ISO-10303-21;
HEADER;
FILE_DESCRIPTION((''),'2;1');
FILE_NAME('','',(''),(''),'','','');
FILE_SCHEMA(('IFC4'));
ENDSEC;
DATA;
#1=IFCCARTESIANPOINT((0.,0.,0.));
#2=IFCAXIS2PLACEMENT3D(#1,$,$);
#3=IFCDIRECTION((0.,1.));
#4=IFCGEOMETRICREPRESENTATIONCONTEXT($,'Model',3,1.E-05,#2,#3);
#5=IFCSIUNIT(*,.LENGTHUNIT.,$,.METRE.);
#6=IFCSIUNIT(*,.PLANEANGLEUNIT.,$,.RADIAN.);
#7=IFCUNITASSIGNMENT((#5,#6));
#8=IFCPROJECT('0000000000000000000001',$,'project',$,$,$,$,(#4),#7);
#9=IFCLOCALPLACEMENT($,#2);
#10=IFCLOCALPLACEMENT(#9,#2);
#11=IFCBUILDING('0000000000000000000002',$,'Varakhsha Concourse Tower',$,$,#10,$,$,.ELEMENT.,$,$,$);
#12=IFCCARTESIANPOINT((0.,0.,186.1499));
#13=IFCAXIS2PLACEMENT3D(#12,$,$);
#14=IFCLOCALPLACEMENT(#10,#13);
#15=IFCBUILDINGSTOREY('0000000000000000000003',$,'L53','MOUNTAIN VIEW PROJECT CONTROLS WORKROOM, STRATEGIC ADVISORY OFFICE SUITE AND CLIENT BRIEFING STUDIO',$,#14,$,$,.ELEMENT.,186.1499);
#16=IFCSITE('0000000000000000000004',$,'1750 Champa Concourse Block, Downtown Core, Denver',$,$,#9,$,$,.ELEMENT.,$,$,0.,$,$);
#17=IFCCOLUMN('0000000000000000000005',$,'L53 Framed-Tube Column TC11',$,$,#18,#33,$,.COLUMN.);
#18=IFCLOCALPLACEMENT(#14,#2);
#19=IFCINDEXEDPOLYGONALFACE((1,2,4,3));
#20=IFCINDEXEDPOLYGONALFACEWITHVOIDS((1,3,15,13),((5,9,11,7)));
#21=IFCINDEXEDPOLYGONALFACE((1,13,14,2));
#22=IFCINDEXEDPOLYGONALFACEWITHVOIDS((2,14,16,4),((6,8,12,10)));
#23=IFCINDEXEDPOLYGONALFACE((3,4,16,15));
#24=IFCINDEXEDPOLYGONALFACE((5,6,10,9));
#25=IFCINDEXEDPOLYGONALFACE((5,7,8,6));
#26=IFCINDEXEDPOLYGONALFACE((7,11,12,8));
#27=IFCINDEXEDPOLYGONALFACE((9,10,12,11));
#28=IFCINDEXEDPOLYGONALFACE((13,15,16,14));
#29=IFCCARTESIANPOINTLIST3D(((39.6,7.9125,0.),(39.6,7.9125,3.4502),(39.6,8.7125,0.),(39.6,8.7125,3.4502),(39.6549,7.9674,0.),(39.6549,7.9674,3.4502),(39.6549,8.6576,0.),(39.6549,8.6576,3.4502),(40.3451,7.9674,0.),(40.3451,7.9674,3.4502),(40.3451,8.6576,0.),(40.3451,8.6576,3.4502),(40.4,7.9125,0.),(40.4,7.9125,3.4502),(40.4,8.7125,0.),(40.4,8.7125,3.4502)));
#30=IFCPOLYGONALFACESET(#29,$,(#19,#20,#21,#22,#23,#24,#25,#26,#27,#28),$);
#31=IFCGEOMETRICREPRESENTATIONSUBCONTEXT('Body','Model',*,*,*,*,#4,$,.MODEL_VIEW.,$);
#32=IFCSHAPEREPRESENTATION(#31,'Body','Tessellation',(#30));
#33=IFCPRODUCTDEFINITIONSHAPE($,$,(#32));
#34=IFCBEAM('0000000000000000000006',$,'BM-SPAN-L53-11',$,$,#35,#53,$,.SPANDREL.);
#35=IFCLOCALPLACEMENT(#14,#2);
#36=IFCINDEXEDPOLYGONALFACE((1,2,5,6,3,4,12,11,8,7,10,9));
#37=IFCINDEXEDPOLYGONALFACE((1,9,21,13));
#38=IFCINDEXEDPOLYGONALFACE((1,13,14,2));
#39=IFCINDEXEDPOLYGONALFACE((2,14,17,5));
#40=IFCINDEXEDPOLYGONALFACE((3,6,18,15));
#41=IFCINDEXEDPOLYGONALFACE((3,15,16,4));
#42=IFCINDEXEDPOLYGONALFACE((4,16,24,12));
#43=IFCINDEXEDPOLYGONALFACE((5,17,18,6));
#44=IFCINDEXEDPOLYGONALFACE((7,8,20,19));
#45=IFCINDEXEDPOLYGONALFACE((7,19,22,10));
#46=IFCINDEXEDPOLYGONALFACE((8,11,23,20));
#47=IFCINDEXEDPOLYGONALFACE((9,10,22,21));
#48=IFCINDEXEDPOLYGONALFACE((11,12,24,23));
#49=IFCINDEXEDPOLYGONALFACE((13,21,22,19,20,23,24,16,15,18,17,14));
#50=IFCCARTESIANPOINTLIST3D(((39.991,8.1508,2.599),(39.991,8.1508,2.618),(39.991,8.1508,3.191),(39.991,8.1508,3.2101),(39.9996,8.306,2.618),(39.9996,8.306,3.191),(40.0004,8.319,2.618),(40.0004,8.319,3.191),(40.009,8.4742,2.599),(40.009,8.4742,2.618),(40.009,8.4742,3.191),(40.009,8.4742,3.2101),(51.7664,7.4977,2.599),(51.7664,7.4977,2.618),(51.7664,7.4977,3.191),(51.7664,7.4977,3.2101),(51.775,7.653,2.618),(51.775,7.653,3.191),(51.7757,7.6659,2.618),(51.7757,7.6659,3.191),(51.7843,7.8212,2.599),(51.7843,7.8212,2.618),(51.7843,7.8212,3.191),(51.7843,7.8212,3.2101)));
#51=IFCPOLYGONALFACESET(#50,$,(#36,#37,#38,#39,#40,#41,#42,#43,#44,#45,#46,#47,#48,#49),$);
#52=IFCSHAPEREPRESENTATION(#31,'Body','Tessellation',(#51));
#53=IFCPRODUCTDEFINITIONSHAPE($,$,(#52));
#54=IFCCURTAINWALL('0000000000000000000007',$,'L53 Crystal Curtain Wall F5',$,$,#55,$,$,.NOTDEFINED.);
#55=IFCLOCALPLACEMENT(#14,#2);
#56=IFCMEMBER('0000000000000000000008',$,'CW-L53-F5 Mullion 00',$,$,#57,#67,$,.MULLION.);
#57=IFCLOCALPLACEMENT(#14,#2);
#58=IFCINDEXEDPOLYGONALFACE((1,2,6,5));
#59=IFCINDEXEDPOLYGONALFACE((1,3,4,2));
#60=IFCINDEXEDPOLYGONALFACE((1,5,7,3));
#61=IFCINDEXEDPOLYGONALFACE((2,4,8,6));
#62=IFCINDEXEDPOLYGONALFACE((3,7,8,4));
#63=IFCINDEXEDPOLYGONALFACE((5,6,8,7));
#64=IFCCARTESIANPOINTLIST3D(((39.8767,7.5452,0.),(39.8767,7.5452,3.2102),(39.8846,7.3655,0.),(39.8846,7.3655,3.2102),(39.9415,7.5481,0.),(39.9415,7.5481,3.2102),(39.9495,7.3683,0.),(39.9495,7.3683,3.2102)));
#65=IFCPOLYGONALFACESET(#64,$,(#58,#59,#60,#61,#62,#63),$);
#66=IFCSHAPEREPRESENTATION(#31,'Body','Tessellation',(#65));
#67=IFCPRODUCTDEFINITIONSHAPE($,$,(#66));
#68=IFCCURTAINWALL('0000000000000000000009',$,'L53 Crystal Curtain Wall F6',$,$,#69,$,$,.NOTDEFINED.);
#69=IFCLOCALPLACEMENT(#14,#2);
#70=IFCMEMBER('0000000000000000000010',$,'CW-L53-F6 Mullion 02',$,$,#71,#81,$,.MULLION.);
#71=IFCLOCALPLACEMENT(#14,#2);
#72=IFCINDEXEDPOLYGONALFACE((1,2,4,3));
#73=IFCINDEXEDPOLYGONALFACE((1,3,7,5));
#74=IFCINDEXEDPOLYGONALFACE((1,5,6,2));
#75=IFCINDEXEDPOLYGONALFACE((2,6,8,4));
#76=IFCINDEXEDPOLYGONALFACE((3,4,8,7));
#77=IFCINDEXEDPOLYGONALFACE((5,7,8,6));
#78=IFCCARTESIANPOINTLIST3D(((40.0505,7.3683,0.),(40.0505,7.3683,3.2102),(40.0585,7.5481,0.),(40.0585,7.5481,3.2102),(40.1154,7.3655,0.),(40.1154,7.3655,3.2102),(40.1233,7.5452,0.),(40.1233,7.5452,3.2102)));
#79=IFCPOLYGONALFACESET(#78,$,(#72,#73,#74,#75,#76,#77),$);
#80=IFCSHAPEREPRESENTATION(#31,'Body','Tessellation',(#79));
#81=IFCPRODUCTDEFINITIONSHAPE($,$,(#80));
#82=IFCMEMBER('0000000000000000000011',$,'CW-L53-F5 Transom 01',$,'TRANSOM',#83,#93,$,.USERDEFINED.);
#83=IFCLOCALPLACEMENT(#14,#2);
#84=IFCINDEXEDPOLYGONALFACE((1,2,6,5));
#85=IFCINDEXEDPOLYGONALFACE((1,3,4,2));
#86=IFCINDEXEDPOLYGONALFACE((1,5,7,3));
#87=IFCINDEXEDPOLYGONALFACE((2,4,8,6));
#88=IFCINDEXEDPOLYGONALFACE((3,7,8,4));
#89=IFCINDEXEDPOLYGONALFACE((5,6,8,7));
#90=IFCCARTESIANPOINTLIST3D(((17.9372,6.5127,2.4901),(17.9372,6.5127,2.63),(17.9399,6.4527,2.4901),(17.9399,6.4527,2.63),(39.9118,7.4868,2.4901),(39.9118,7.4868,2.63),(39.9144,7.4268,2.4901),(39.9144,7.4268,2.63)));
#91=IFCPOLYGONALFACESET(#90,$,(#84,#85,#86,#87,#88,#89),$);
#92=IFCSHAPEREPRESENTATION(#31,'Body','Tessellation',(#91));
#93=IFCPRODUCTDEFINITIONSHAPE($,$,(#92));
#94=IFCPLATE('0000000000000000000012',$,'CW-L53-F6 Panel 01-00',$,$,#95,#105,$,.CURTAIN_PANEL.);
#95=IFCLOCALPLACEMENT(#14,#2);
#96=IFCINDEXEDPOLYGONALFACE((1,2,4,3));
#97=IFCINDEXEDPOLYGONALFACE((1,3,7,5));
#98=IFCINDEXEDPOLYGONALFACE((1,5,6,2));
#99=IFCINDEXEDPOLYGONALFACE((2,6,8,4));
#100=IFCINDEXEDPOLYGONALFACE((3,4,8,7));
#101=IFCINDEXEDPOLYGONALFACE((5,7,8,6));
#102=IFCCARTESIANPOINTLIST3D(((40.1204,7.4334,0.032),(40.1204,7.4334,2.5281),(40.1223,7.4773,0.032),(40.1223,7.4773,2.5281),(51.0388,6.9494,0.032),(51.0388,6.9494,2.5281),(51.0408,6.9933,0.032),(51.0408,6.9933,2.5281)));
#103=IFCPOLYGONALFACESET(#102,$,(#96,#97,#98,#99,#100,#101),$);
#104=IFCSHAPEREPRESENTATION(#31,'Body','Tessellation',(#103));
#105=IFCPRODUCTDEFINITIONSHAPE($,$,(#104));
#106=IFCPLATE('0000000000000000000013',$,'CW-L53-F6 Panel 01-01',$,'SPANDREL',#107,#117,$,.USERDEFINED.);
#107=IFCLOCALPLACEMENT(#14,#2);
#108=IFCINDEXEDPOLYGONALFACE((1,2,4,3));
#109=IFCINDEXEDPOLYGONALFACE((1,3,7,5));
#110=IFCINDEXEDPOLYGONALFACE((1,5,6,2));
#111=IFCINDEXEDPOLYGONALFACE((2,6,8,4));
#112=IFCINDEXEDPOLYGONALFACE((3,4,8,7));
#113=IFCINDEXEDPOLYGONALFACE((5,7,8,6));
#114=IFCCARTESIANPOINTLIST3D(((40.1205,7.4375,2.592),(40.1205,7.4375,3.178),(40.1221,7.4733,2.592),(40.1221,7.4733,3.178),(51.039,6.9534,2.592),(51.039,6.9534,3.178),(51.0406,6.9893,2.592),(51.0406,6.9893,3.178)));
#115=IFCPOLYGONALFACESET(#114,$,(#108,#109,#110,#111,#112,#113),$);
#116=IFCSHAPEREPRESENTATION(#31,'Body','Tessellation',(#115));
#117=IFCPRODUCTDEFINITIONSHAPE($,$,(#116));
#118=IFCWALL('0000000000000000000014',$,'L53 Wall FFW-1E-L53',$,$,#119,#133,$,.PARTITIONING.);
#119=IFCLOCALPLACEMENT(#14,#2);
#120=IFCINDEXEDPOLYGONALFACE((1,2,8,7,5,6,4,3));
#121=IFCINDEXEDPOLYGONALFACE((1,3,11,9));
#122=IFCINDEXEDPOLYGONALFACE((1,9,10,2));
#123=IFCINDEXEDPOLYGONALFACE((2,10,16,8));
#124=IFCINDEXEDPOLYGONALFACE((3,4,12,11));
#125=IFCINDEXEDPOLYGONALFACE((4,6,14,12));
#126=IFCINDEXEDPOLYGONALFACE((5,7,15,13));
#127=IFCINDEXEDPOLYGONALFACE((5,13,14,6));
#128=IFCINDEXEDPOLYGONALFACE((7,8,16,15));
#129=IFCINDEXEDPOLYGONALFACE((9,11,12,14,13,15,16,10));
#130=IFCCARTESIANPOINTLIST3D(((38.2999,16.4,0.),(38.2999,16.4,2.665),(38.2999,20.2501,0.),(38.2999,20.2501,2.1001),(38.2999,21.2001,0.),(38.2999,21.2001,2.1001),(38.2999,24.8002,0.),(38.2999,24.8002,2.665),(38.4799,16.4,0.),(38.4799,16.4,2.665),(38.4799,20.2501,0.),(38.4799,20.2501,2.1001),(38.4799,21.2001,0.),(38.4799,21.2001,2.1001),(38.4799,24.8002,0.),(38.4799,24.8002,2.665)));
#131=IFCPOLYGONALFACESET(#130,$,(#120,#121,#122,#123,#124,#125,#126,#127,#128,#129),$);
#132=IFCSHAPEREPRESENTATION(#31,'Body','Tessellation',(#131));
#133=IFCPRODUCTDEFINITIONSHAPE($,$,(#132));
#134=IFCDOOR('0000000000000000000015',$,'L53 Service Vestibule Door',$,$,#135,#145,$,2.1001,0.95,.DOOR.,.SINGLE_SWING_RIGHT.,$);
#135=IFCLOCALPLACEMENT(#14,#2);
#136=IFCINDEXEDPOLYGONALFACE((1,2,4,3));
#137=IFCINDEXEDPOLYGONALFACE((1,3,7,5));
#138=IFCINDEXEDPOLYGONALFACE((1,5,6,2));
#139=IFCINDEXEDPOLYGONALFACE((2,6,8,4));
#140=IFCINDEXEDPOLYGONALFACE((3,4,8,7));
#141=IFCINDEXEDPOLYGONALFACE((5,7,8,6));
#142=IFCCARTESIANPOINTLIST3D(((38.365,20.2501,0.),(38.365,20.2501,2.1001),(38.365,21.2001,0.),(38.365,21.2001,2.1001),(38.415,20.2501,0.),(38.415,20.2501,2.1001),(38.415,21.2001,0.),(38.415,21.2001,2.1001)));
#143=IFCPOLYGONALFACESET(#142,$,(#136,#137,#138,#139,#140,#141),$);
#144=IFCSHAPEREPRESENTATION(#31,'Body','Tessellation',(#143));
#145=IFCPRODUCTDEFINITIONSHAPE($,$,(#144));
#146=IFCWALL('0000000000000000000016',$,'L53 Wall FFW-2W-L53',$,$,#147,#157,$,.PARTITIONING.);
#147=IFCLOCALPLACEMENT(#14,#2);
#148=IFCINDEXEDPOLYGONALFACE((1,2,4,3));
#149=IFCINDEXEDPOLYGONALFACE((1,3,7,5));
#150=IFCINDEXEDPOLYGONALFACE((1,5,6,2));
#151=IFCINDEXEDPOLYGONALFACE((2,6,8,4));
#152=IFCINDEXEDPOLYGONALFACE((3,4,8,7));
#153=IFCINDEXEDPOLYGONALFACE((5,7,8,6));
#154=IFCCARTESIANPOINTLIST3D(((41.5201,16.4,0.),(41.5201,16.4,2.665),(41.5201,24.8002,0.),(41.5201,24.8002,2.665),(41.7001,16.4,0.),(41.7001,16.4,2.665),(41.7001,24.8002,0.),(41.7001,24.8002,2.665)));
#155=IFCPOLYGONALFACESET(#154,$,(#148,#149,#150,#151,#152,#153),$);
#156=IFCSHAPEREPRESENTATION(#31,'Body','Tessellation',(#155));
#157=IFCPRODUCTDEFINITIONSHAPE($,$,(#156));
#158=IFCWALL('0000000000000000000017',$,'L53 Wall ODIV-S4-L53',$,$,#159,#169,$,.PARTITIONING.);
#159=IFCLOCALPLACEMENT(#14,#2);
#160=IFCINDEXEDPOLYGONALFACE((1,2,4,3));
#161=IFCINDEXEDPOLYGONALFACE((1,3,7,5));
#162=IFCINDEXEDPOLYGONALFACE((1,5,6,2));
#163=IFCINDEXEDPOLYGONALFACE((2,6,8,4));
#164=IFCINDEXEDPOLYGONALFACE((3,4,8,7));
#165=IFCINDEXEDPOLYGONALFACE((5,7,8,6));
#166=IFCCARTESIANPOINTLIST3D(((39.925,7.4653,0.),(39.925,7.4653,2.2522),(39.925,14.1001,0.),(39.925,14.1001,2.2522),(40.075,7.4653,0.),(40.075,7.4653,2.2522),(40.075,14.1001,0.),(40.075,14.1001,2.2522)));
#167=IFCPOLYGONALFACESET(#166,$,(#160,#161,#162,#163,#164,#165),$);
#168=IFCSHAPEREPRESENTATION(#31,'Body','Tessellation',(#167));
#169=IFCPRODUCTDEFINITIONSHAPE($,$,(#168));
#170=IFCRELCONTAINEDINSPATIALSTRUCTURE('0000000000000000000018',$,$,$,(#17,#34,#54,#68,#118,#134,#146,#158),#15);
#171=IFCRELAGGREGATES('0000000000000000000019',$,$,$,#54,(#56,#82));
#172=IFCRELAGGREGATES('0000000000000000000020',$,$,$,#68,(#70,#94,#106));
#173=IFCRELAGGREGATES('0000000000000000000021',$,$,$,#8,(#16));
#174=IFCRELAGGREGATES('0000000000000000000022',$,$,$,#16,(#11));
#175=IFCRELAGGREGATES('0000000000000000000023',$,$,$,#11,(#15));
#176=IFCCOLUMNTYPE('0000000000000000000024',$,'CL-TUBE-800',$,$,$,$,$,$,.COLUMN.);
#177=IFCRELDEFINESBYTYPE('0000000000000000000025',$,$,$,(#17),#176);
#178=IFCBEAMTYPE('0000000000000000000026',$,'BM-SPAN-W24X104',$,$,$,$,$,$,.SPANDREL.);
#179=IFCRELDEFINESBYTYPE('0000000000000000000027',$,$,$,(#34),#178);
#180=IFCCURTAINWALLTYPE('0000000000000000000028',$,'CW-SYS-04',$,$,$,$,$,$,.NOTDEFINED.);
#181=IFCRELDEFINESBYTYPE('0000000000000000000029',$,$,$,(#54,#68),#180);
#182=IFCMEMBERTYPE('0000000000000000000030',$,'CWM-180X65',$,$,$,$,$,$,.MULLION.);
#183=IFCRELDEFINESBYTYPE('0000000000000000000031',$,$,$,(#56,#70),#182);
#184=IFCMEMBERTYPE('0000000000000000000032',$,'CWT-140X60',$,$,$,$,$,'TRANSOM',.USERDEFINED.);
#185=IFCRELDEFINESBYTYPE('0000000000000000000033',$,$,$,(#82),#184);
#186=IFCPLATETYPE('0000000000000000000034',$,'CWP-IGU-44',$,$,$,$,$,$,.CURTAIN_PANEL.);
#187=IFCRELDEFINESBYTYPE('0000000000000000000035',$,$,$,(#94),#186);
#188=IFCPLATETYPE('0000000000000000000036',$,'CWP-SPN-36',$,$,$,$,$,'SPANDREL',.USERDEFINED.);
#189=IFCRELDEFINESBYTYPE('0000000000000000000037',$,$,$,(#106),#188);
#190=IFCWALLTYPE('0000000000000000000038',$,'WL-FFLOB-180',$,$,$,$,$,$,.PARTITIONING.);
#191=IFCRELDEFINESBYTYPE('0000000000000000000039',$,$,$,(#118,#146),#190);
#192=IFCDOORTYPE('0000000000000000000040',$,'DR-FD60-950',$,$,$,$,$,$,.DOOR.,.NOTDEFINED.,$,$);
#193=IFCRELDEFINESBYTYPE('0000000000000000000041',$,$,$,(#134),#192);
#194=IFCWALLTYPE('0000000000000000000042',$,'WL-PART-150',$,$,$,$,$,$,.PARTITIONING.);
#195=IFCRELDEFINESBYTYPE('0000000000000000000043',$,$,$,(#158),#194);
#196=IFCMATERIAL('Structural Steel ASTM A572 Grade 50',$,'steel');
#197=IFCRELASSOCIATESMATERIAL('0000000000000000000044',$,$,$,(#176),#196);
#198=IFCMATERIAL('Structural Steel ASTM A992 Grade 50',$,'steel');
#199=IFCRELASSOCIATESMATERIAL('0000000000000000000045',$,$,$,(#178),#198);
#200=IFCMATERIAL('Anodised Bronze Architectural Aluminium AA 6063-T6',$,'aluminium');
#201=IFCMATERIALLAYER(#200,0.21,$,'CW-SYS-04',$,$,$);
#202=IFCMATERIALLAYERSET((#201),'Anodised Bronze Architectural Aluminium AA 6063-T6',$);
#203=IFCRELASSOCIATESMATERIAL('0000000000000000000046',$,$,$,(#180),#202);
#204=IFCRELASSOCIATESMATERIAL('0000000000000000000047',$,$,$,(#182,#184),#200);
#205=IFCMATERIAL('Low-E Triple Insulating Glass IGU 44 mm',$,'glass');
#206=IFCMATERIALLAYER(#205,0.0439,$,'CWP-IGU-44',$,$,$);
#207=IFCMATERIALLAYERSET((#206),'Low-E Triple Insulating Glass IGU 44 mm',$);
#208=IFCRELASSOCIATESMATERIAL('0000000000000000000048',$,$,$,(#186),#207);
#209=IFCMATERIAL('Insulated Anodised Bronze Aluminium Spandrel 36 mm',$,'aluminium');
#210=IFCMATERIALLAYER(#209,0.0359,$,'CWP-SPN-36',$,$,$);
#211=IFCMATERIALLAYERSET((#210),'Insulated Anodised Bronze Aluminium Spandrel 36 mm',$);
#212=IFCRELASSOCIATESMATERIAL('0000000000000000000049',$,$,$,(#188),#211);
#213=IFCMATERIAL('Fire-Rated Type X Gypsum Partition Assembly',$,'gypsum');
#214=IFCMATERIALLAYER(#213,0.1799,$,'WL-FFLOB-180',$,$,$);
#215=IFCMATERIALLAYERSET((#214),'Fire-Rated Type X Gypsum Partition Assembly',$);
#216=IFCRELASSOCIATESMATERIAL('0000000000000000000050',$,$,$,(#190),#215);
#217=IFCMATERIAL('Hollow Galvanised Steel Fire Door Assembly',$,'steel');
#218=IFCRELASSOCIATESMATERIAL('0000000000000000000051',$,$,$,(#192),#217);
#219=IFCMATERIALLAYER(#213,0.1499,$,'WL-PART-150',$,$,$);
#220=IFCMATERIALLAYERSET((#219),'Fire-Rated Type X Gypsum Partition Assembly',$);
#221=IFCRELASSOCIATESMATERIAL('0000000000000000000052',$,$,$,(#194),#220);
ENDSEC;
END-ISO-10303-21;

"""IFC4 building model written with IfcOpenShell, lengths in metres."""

from ifc_helpers import new_model, si_unit, direction, frame, frame_2d, origin, origin_2d, place, context, subcontext, project, spatial, rectangle, hollow_rectangle, i_section, extrude, source, transform, mapped, material, layer, layer_set, material_profile, profile_set, type_object, type_shapes, element, fill, aggregate, save


model = new_model("IFC4")

# Units and contexts
model_context = context("Model", 3, precision=1e-05, world=origin(), true_north=direction((0.0, 1.0)))
body_context = subcontext(model_context, "Body", "Model", "MODEL_VIEW")
ifc_project = project(units=[si_unit("LENGTHUNIT", "METRE"), si_unit("PLANEANGLEUNIT", "RADIAN")], contexts=[model_context])

# Site, building, storey
site_placement = place(None, origin())
site = spatial("IfcSite", under=ifc_project, at=site_placement, Name="1750 Champa Concourse Block, Downtown Core, Denver", CompositionType="ELEMENT", RefElevation=0.0)
building_placement = place(site_placement, origin())
building = spatial("IfcBuilding", under=site, at=building_placement, Name="Varakhsha Concourse Tower", CompositionType="ELEMENT")
storey_placement = place(building_placement, frame((0.0, 0.0, 186.1499)))
storey = spatial("IfcBuildingStorey", under=building, at=storey_placement, Name="L53", Description="MOUNTAIN VIEW PROJECT CONTROLS WORKROOM, STRATEGIC ADVISORY OFFICE SUITE AND CLIENT BRIEFING STUDIO", CompositionType="ELEMENT", Elevation=186.1499)

# Column
ifc_material_1 = material(Name="Structural Steel ASTM A572 Grade 50", Category="steel")
ifc_material_profile_1 = material_profile(ifc_material_1, hollow_rectangle(XDim=0.8, YDim=0.8, WallThickness=0.0549, at=origin_2d()), Name="BOX 800x800x55")
ifc_profile_set_1 = profile_set([ifc_material_profile_1], Name="Structural Steel ASTM A572 Grade 50")
column_type = type_object("IfcColumnType", Name="CL-TUBE-800", PredefinedType="COLUMN", material=ifc_profile_set_1)
column_placement = place(storey_placement, frame((40.0, 8.3125, 0.0), z_axis=(0.0, 0.0, 1.0), x_axis=(1.0, 0.0, 0.0)))
element("IfcColumn", 1, at=column_placement, inside=storey, type_object=column_type, Name="L53 Framed-Tube Column TC11", PredefinedType="COLUMN", context=body_context, shape_type="SweptSolid", body=[
    extrude(hollow_rectangle(XDim=0.8, YDim=0.8, WallThickness=0.0549, at=origin_2d()), origin(), (0.0, 0.0, 1.0), 3.4502),
])

# Beam
ifc_material_2 = material(Name="Structural Steel ASTM A992 Grade 50", Category="steel")
ifc_material_profile_2 = material_profile(ifc_material_2, i_section(OverallWidth=0.324, OverallDepth=0.6111, WebThickness=0.0129, FlangeThickness=0.019, at=origin_2d()), Name="W24X104")
ifc_profile_set_2 = profile_set([ifc_material_profile_2], Name="Structural Steel ASTM A992 Grade 50")
beam_type = type_object("IfcBeamType", Name="BM-SPAN-W24X104", PredefinedType="SPANDREL", material=ifc_profile_set_2)
beam_placement = place(storey_placement, frame((40.0, 8.3125, 2.9045), z_axis=(0.998466, -0.055376, 0.0), x_axis=(0.055376, 0.998466, 0.0)))
element("IfcBeam", 2, at=beam_placement, inside=storey, type_object=beam_type, Name="BM-SPAN-L53-11", PredefinedType="SPANDREL", context=body_context, shape_type="SweptSolid", body=[
    extrude(i_section(OverallWidth=0.324, OverallDepth=0.6111, WebThickness=0.0129, FlangeThickness=0.019, at=origin_2d()), origin(), (0.0, 0.0, 1.0), 11.7935),
])

# Curtain walls, members
ifc_material_3 = material(Name="Anodised Bronze Architectural Aluminium AA 6063-T6", Category="aluminium")
ifc_layer_1 = layer(ifc_material_3, 0.21, Name="CW-SYS-04")
ifc_layer_set_1 = layer_set([ifc_layer_1], Name="Anodised Bronze Architectural Aluminium AA 6063-T6")
curtain_wall_type = type_object("IfcCurtainWallType", Name="CW-SYS-04", PredefinedType="NOTDEFINED", material=ifc_layer_set_1)
curtain_wall_1_placement = place(storey_placement, origin())
curtain_wall_1 = element("IfcCurtainWall", 3, at=curtain_wall_1_placement, inside=storey, type_object=curtain_wall_type, Name="L53 Crystal Curtain Wall F5", PredefinedType="NOTDEFINED")
ifc_material_profile_3 = material_profile(ifc_material_3, rectangle(XDim=0.0649, YDim=0.1799, at=origin_2d()), Name="CWM-180X65")
ifc_profile_set_3 = profile_set([ifc_material_profile_3], Name="Anodised Bronze Architectural Aluminium AA 6063-T6")
member_type_1 = type_object("IfcMemberType", Name="CWM-180X65", PredefinedType="MULLION", material=ifc_profile_set_3)
shared_shape_1 = source(origin(), body_context, "Body", "SweptSolid", [
    extrude(rectangle(XDim=0.0649, YDim=0.1799, at=origin_2d()), origin(), (0.0, 0.0, 1.0), 3.2102),
])
type_shapes(member_type_1, [shared_shape_1])
member_1_placement = place(storey_placement, frame((39.9131, 7.4568, 0.0), z_axis=(0.0, 0.0, 1.0), x_axis=(-0.999019, -0.044285, 0.0)))
member_1 = element("IfcMember", 4, at=member_1_placement, type_object=member_type_1, Name="CW-L53-F5 Mullion 00", PredefinedType="MULLION", context=body_context, shape_type="MappedRepresentation", body=[
    mapped(shared_shape_1, transform((0.0, 0.0, 0.0), scale=1.0)),
])
curtain_wall_2_placement = place(storey_placement, origin())
curtain_wall_2 = element("IfcCurtainWall", 5, at=curtain_wall_2_placement, inside=storey, type_object=curtain_wall_type, Name="L53 Crystal Curtain Wall F6", PredefinedType="NOTDEFINED")
member_2_placement = place(storey_placement, frame((40.0869, 7.4568, 0.0), z_axis=(0.0, 0.0, 1.0), x_axis=(-0.999019, 0.044285, 0.0)))
member_2 = element("IfcMember", 6, at=member_2_placement, type_object=member_type_1, Name="CW-L53-F6 Mullion 02", PredefinedType="MULLION", context=body_context, shape_type="MappedRepresentation", body=[
    mapped(shared_shape_1, transform((0.0, 0.0, 0.0), scale=1.0)),
])

# Member
ifc_material_profile_4 = material_profile(ifc_material_3, rectangle(XDim=0.0601, YDim=0.1399, at=origin_2d()), Name="CWT-140X60")
ifc_profile_set_4 = profile_set([ifc_material_profile_4], Name="Anodised Bronze Architectural Aluminium AA 6063-T6")
member_type_2 = type_object("IfcMemberType", Name="CWT-140X60", ElementType="TRANSOM", PredefinedType="USERDEFINED", material=ifc_profile_set_4)
shared_shape_2 = source(origin(), body_context, "Body", "SweptSolid", [
    extrude(rectangle(XDim=0.0601, YDim=0.1399, at=origin_2d()), origin(), (0.0, 0.0, 1.0), 21.9961),
])
type_shapes(member_type_2, [shared_shape_2])
member_3_placement = place(storey_placement, frame((39.9131, 7.4568, 2.5601), z_axis=(-0.999019, -0.044286, 0.0), x_axis=(0.044286, -0.999019, 0.0)))
member_3 = element("IfcMember", 7, at=member_3_placement, type_object=member_type_2, Name="CW-L53-F5 Transom 01", ObjectType="TRANSOM", PredefinedType="USERDEFINED", context=body_context, shape_type="MappedRepresentation", body=[
    mapped(shared_shape_2, transform((0.0, 0.0, 0.0), scale=1.0)),
])
aggregate(curtain_wall_1, [member_1, member_3])

# Plates
ifc_material_4 = material(Name="Low-E Triple Insulating Glass IGU 44 mm", Category="glass")
ifc_layer_2 = layer(ifc_material_4, 0.0439, Name="CWP-IGU-44")
ifc_layer_set_2 = layer_set([ifc_layer_2], Name="Low-E Triple Insulating Glass IGU 44 mm")
plate_type_1 = type_object("IfcPlateType", Name="CWP-IGU-44", PredefinedType="CURTAIN_PANEL", material=ifc_layer_set_2)
shared_shape_3 = source(origin(), body_context, "Body", "SweptSolid", [
    extrude(rectangle(XDim=10.9292, YDim=0.0439, at=origin_2d()), origin(), (0.0, 0.0, 1.0), 2.4961),
])
type_shapes(plate_type_1, [shared_shape_3])
plate_1_placement = place(storey_placement, frame((45.5806, 7.2134, 0.032), z_axis=(0.0, 0.0, 1.0), x_axis=(-0.999019, 0.044285, 0.0)))
plate_1 = element("IfcPlate", 8, at=plate_1_placement, type_object=plate_type_1, Name="CW-L53-F6 Panel 01-00", PredefinedType="CURTAIN_PANEL", context=body_context, shape_type="MappedRepresentation", body=[
    mapped(shared_shape_3, transform((0.0, 0.0, 0.0), scale=1.0)),
])
ifc_material_5 = material(Name="Insulated Anodised Bronze Aluminium Spandrel 36 mm", Category="aluminium")
ifc_layer_3 = layer(ifc_material_5, 0.0359, Name="CWP-SPN-36")
ifc_layer_set_3 = layer_set([ifc_layer_3], Name="Insulated Anodised Bronze Aluminium Spandrel 36 mm")
plate_type_2 = type_object("IfcPlateType", Name="CWP-SPN-36", ElementType="SPANDREL", PredefinedType="USERDEFINED", material=ifc_layer_set_3)
shared_shape_4 = source(origin(), body_context, "Body", "SweptSolid", [
    extrude(rectangle(XDim=10.9292, YDim=0.0359, at=origin_2d()), origin(), (0.0, 0.0, 1.0), 0.5859),
])
type_shapes(plate_type_2, [shared_shape_4])
plate_2_placement = place(storey_placement, frame((45.5806, 7.2134, 2.592), z_axis=(0.0, 0.0, 1.0), x_axis=(-0.999019, 0.044285, 0.0)))
plate_2 = element("IfcPlate", 9, at=plate_2_placement, type_object=plate_type_2, Name="CW-L53-F6 Panel 01-01", ObjectType="SPANDREL", PredefinedType="USERDEFINED", context=body_context, shape_type="MappedRepresentation", body=[
    mapped(shared_shape_4, transform((0.0, 0.0, 0.0), scale=1.0)),
])
aggregate(curtain_wall_2, [member_2, plate_1, plate_2])

# Wall, opening, door
ifc_material_6 = material(Name="Fire-Rated Type X Gypsum Partition Assembly", Category="gypsum")
ifc_layer_4 = layer(ifc_material_6, 0.1799, Name="WL-FFLOB-180")
ifc_layer_set_4 = layer_set([ifc_layer_4], Name="Fire-Rated Type X Gypsum Partition Assembly")
wall_type_1 = type_object("IfcWallType", Name="WL-FFLOB-180", PredefinedType="PARTITIONING", material=ifc_layer_set_4)
wall_1_placement = place(storey_placement, frame((38.3899, 16.3999, 0.0), z_axis=(0.0, 0.0, 1.0), x_axis=(0.0, 1.0, 0.0)))
wall_1 = element("IfcWall", 10, at=wall_1_placement, inside=storey, type_object=wall_type_1, Name="L53 Wall FFW-1E-L53", PredefinedType="PARTITIONING", context=body_context, shape_type="SweptSolid", body=[
    extrude(rectangle(XDim=8.4001, YDim=0.1799, at=frame_2d((4.2002, 0.0))), origin(), (0.0, 0.0, 1.0), 2.665),
])
opening_1_placement = place(wall_1_placement, frame((3.8501, 0.0, 0.0)))
opening_1 = element("IfcOpeningElement", 11, at=opening_1_placement, cuts=wall_1, PredefinedType="OPENING", context=body_context, shape_type="SweptSolid", body=[
    extrude(rectangle(XDim=0.95, YDim=2.1001, at=frame_2d((0.4751, 1.05))), frame((0.0, 0.0999, 0.0), z_axis=(0.0, -1.0, 0.0), x_axis=(1.0, 0.0, 0.0)), (0.0, 0.0, 1.0), 0.2),
])
ifc_material_7 = material(Name="Hollow Galvanised Steel Fire Door Assembly", Category="steel")
door_type_1 = type_object("IfcDoorType", Name="DR-FD60-950", OperationType="NOTDEFINED", PredefinedType="DOOR", material=ifc_material_7)
door_1_placement = place(opening_1_placement, origin())
door_1 = element("IfcDoor", 12, at=door_1_placement, inside=storey, type_object=door_type_1, Name="L53 Service Vestibule Door", OperationType="SINGLE_SWING_RIGHT", OverallHeight=2.1001, OverallWidth=0.95, PredefinedType="DOOR", context=body_context, shape_type="SweptSolid", body=[
    extrude(rectangle(XDim=0.95, YDim=2.1001, at=frame_2d((0.4751, 1.05))), frame((0.0, 0.0249, 0.0), z_axis=(0.0, -1.0, 0.0), x_axis=(1.0, 0.0, 0.0)), (0.0, 0.0, 1.0), 0.05),
])
fill(opening_1, door_1)

# Walls
wall_2_placement = place(storey_placement, frame((41.6101, 16.3999, 0.0), z_axis=(0.0, 0.0, 1.0), x_axis=(0.0, 1.0, 0.0)))
element("IfcWall", 13, at=wall_2_placement, inside=storey, type_object=wall_type_1, Name="L53 Wall FFW-2W-L53", PredefinedType="PARTITIONING", context=body_context, shape_type="SweptSolid", body=[
    extrude(rectangle(XDim=8.4001, YDim=0.1799, at=frame_2d((4.2002, 0.0))), origin(), (0.0, 0.0, 1.0), 2.665),
])
ifc_layer_5 = layer(ifc_material_6, 0.1499, Name="WL-PART-150")
ifc_layer_set_5 = layer_set([ifc_layer_5], Name="Fire-Rated Type X Gypsum Partition Assembly")
wall_type_2 = type_object("IfcWallType", Name="WL-PART-150", PredefinedType="PARTITIONING", material=ifc_layer_set_5)
wall_3_placement = place(storey_placement, frame((40.0, 7.4653, 0.0), z_axis=(0.0, 0.0, 1.0), x_axis=(0.0, 1.0, 0.0)))
element("IfcWall", 14, at=wall_3_placement, inside=storey, type_object=wall_type_2, Name="L53 Wall ODIV-S4-L53", PredefinedType="PARTITIONING", context=body_context, shape_type="SweptSolid", body=[
    extrude(rectangle(XDim=6.6348, YDim=0.1499, at=frame_2d((3.3174, 0.0))), origin(), (0.0, 0.0, 1.0), 2.2522),
])

save(model, "model.ifc")
